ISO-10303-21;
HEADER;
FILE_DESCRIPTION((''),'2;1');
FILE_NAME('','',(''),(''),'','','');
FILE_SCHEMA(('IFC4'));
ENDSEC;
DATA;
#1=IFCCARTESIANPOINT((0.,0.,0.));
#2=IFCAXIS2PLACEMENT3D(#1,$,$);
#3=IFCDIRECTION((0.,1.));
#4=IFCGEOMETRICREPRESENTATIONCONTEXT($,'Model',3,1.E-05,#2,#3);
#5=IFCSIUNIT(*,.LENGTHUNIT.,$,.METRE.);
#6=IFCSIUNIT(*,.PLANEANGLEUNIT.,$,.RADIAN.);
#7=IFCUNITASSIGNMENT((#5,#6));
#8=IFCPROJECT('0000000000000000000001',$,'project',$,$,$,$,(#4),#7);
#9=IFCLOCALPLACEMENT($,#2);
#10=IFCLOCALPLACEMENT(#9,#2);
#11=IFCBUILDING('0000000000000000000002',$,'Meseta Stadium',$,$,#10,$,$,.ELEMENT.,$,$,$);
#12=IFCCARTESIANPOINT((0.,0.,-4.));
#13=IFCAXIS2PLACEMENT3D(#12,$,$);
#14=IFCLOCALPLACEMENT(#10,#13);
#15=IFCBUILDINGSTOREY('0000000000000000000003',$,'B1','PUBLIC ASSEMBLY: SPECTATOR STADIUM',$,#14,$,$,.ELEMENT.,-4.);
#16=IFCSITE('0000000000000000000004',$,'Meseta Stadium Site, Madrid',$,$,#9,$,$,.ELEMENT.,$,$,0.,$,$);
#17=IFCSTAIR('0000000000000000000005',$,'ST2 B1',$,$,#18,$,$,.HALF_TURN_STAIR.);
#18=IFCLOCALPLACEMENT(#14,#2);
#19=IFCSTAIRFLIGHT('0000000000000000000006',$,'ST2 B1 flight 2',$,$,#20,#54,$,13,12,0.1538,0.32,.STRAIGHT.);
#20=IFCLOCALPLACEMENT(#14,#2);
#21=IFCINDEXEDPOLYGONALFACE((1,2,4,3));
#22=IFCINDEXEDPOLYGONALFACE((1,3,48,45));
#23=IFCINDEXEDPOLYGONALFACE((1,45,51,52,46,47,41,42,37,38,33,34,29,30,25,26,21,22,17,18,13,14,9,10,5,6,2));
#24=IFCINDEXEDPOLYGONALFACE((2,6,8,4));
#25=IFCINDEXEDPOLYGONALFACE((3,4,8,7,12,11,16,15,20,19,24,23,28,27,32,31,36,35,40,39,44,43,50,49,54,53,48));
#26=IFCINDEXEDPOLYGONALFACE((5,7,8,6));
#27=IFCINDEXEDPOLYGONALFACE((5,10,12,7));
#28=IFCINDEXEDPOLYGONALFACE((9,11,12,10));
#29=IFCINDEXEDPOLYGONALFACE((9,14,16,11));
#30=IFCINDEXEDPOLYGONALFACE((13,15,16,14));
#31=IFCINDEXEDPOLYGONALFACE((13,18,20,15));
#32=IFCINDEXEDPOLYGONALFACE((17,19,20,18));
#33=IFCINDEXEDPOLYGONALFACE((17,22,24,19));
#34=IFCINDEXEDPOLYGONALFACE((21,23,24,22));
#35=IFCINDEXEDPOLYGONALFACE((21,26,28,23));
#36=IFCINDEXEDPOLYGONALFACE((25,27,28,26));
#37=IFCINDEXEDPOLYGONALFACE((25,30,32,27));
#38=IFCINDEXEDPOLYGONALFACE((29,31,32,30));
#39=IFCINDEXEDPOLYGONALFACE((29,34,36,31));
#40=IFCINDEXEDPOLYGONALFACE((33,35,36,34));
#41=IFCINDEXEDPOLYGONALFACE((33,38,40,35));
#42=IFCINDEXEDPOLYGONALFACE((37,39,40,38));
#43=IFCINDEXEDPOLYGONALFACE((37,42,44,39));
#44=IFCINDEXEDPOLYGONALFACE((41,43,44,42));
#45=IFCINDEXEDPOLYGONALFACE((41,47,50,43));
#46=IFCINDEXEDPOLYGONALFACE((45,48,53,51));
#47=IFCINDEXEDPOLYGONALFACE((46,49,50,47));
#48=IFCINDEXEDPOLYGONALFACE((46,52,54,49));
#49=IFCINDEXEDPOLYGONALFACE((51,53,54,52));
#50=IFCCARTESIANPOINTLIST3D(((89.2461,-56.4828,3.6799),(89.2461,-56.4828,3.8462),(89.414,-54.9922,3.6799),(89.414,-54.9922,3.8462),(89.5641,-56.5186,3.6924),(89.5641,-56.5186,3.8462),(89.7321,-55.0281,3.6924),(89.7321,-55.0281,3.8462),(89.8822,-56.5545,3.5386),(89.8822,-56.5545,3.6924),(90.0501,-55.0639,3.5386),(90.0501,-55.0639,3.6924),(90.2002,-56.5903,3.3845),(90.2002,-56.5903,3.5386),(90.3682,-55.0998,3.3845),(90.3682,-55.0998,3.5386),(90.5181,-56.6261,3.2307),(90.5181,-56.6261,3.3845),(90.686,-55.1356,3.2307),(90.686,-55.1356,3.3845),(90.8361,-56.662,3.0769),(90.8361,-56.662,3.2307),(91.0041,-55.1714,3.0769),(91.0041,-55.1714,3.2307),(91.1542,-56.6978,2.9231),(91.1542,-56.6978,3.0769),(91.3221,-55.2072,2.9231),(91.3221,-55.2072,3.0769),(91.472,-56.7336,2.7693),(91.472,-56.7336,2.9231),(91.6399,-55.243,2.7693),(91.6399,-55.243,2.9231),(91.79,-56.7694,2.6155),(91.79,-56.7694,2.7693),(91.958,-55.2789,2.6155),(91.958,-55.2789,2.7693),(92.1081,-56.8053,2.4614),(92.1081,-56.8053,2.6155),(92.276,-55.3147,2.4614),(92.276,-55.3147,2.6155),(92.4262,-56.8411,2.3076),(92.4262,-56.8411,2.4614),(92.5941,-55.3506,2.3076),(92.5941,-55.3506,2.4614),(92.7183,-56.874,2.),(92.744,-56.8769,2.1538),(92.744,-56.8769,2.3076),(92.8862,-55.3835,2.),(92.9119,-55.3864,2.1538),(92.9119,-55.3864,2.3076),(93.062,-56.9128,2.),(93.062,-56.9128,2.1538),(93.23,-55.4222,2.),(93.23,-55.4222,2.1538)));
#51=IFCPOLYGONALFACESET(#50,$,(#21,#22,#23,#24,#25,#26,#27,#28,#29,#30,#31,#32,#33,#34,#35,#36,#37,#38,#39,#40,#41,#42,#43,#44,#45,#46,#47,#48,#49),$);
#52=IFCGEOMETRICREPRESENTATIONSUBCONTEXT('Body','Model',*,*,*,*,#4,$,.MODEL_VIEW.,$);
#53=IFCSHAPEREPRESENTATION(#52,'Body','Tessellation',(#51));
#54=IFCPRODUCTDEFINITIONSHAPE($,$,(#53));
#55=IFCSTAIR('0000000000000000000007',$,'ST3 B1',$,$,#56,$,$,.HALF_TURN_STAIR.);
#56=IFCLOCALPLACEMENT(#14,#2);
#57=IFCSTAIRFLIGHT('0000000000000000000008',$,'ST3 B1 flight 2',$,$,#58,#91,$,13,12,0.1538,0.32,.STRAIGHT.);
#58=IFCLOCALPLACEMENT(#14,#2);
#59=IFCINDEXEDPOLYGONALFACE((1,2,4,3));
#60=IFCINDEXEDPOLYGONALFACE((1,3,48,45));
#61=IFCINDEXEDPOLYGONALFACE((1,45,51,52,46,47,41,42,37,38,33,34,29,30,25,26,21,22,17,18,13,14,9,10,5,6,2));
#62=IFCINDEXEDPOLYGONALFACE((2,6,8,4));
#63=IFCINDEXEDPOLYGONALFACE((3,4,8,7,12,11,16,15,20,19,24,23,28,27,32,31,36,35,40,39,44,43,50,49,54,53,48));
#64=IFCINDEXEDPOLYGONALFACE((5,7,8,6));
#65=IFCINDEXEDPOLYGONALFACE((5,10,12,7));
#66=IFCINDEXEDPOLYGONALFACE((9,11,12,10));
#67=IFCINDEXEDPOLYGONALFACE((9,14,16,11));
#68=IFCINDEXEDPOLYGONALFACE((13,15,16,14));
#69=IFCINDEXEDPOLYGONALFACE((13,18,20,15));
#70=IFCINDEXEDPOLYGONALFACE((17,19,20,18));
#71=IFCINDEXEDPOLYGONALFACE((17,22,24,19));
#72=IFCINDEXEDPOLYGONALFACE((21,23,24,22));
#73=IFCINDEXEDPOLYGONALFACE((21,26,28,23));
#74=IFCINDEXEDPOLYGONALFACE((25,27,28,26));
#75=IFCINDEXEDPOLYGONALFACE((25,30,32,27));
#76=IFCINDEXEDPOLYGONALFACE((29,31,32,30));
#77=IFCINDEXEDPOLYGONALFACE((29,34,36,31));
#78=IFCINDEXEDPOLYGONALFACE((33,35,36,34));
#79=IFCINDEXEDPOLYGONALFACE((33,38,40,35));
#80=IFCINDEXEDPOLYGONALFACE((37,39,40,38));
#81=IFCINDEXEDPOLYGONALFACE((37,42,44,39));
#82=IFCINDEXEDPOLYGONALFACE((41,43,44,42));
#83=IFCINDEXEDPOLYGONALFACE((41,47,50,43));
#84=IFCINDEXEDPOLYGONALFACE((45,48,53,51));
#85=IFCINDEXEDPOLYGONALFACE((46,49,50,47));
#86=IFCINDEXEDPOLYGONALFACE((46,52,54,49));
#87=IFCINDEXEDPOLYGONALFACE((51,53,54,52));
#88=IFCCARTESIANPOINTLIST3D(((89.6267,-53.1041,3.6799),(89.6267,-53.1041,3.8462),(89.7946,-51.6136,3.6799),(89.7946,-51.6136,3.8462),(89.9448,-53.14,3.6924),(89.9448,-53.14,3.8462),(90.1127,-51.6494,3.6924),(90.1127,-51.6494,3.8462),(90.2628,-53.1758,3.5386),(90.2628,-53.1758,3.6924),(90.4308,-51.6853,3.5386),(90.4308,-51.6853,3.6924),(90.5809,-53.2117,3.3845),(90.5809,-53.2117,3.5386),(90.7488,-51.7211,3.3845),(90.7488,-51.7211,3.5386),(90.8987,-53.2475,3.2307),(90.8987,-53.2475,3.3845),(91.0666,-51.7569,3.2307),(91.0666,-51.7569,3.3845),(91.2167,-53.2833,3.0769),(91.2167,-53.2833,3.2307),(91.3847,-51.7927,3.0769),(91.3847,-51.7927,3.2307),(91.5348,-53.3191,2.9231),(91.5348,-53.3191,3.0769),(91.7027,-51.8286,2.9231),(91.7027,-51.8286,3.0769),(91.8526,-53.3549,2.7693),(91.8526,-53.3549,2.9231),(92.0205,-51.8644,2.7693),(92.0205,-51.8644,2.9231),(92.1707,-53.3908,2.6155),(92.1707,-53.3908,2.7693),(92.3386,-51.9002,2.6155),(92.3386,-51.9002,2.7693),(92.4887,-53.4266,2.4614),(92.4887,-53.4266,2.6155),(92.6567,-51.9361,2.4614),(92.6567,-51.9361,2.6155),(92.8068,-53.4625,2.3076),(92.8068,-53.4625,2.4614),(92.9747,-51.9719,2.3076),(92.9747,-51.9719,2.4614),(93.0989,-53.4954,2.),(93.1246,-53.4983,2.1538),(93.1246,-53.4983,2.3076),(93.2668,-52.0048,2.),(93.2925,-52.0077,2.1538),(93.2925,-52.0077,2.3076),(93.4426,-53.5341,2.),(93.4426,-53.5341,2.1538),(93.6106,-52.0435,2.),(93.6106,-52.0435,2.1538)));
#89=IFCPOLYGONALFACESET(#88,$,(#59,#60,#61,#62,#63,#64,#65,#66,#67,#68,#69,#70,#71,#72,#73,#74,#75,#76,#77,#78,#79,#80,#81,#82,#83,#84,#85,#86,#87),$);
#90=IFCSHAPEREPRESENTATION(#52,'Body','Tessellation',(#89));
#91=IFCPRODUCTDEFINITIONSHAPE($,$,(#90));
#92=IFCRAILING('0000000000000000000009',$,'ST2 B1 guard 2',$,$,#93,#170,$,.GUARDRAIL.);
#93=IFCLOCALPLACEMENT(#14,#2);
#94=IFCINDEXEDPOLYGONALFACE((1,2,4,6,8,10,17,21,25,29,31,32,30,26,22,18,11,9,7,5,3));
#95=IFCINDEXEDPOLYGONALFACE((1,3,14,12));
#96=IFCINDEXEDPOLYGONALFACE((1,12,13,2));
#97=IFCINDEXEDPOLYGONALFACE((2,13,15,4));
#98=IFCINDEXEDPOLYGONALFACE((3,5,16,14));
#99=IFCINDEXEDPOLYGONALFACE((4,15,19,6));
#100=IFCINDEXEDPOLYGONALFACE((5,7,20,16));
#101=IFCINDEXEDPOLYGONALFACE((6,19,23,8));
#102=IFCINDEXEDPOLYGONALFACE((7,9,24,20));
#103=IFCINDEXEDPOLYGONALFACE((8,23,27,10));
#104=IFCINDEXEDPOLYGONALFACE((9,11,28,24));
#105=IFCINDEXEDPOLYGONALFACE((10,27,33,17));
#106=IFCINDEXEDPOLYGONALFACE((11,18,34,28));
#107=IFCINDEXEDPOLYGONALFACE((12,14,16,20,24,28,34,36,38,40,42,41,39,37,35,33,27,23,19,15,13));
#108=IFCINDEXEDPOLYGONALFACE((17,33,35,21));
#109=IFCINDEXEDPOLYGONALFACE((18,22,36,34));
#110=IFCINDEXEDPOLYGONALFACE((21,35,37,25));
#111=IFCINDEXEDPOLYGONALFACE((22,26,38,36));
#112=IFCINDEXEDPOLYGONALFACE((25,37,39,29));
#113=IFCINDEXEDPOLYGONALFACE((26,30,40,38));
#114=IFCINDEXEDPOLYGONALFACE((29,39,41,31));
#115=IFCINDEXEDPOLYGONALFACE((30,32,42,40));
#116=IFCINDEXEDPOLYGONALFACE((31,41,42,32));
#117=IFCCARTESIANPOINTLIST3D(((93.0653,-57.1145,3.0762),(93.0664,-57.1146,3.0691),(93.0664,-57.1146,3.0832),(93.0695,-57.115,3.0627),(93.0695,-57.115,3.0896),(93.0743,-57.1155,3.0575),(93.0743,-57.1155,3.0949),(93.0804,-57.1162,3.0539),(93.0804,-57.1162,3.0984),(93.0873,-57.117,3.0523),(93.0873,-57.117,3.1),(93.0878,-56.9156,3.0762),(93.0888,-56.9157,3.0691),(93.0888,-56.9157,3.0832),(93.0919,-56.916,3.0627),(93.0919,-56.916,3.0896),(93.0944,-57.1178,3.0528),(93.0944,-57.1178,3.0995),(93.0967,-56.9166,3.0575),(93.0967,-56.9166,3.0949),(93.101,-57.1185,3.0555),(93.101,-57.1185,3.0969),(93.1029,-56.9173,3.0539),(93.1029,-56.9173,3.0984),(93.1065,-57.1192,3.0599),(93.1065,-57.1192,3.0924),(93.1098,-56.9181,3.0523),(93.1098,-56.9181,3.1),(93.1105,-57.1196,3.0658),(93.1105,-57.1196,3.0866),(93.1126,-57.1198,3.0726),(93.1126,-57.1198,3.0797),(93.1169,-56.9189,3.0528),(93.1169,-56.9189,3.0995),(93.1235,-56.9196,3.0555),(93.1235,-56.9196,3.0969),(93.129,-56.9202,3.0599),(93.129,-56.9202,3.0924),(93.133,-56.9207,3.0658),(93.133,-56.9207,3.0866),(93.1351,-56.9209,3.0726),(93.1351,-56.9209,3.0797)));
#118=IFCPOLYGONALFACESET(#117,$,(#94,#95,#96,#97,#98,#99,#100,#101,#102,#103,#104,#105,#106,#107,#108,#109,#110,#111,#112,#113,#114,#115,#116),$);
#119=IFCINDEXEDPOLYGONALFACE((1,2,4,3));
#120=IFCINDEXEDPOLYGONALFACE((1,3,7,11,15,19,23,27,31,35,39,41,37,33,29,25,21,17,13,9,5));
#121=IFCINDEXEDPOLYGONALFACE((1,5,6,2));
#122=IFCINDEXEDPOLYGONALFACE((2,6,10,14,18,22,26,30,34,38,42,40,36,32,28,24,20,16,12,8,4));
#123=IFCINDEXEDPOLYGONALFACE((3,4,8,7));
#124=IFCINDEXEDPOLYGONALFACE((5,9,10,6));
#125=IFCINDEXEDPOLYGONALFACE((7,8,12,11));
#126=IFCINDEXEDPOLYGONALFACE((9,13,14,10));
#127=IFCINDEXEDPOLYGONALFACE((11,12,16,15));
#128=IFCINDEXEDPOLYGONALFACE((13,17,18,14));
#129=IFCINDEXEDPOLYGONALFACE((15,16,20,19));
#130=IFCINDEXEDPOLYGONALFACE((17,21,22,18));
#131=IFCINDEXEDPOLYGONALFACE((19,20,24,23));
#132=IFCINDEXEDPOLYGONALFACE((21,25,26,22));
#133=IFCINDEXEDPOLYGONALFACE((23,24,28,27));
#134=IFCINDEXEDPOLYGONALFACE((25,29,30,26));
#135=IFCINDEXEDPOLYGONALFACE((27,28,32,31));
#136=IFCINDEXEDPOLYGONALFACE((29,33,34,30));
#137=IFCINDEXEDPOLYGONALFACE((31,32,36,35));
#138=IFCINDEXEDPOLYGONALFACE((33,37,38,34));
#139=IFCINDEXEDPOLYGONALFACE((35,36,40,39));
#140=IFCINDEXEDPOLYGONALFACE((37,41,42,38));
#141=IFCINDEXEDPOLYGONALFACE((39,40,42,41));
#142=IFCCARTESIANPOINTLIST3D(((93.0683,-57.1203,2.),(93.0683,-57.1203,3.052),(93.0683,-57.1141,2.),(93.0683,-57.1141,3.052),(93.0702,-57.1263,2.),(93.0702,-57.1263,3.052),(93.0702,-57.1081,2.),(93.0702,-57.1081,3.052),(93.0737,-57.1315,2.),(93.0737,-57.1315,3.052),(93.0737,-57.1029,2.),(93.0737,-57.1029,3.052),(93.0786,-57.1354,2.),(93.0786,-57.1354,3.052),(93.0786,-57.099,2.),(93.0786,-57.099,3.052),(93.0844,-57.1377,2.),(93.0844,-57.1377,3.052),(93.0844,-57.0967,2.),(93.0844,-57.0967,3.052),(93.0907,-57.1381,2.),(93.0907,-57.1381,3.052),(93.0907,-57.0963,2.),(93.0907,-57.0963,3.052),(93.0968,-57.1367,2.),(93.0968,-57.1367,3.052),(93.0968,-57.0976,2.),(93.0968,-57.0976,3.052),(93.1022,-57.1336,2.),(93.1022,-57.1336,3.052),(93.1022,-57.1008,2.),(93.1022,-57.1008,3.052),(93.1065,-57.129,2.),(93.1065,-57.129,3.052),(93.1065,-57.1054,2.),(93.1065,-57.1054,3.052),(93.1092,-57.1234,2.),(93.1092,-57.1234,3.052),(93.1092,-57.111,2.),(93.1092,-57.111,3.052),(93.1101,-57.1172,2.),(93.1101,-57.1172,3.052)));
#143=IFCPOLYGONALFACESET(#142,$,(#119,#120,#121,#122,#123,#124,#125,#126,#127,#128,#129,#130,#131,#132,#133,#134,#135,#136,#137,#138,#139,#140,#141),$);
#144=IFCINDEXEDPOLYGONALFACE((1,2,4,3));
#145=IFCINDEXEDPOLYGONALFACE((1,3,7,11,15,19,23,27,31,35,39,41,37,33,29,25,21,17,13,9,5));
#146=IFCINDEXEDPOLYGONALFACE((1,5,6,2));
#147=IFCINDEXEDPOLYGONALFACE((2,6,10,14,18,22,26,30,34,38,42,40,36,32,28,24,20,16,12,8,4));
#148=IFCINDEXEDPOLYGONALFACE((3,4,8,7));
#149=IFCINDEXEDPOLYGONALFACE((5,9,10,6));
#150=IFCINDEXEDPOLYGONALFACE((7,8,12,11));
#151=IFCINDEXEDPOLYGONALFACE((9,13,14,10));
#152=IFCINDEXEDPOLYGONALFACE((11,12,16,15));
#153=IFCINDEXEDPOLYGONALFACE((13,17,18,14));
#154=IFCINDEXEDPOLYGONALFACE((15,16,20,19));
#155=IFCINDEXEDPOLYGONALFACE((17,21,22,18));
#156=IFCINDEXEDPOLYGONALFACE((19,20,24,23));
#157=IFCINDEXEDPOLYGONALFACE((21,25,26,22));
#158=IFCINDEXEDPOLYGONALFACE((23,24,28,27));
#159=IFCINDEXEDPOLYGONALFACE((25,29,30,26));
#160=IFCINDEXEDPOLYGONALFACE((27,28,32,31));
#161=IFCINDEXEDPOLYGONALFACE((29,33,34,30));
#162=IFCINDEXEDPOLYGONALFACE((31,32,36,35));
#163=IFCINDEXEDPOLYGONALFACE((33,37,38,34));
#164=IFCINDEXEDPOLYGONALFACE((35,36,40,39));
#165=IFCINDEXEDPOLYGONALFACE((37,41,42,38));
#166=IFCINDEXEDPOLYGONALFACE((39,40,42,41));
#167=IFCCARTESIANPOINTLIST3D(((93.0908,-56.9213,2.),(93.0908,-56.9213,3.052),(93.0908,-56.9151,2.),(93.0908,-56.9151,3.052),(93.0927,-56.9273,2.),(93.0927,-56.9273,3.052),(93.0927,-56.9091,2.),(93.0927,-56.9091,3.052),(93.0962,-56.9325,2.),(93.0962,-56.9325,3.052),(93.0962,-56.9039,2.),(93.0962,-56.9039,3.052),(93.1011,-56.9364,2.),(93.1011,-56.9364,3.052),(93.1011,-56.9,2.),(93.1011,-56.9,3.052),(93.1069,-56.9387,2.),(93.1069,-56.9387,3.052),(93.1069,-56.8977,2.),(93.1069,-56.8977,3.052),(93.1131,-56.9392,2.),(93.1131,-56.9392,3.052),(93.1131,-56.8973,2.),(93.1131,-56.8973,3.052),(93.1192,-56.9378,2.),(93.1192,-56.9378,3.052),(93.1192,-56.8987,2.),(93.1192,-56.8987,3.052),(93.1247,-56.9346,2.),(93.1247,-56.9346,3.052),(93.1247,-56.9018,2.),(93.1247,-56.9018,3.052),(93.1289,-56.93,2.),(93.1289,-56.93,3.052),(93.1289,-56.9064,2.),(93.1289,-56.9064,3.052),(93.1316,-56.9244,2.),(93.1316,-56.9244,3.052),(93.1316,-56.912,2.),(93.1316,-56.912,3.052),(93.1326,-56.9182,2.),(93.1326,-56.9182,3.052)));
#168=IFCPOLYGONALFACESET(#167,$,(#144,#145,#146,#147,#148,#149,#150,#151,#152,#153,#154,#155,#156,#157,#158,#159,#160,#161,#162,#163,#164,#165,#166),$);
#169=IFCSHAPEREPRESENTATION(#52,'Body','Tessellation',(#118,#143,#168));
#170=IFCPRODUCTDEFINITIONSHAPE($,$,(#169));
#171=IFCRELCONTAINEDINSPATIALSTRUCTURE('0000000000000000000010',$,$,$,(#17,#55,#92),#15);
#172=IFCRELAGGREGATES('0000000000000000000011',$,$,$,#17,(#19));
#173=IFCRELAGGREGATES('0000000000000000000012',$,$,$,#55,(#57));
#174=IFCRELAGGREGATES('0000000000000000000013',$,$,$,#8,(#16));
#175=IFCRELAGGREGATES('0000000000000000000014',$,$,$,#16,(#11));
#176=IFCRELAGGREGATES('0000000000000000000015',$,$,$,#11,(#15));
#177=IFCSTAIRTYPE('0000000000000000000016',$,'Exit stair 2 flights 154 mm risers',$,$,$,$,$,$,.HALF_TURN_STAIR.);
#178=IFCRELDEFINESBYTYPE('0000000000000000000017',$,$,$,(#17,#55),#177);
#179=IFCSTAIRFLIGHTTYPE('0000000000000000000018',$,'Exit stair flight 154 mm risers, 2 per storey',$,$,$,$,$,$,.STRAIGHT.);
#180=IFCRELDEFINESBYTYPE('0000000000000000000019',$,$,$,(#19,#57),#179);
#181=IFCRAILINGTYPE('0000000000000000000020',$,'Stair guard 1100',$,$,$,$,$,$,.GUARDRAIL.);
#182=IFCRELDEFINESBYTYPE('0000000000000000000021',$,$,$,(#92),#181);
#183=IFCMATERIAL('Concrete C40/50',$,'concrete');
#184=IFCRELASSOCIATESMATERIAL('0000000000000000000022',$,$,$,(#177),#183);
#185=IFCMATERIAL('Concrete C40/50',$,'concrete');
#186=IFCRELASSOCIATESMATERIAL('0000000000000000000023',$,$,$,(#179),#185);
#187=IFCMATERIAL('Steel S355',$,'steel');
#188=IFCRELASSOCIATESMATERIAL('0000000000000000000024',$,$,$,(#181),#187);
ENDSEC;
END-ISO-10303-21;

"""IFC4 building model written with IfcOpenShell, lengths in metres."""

from ifc_helpers import new_model, si_unit, direction, frame, origin, origin_2d, place, context, subcontext, project, spatial, polyline, circle, outline, extrude, material, type_object, element, aggregate, save


model = new_model("IFC4")

# Units and contexts
model_context = context("Model", 3, precision=1e-05, world=origin(), true_north=direction((0.0, 1.0)))
body_context = subcontext(model_context, "Body", "Model", "MODEL_VIEW")
ifc_project = project(units=[si_unit("LENGTHUNIT", "METRE"), si_unit("PLANEANGLEUNIT", "RADIAN")], contexts=[model_context])

# Site, building, storey
site_placement = place(None, origin())
site = spatial("IfcSite", under=ifc_project, at=site_placement, Name="Meseta Stadium Site, Madrid", CompositionType="ELEMENT", RefElevation=0.0)
building_placement = place(site_placement, origin())
building = spatial("IfcBuilding", under=site, at=building_placement, Name="Meseta Stadium", CompositionType="ELEMENT")
storey_placement = place(building_placement, frame((0.0, 0.0, -4.0)))
storey = spatial("IfcBuildingStorey", under=building, at=storey_placement, Name="B1", Description="PUBLIC ASSEMBLY: SPECTATOR STADIUM", CompositionType="ELEMENT", Elevation=-4.0)

# Stairs, stair flights
ifc_material_1 = material(Name="Concrete C40/50", Category="concrete")
stair_type = type_object("IfcStairType", Name="Exit stair 2 flights 154 mm risers", PredefinedType="HALF_TURN_STAIR", material=ifc_material_1)
stair_1_placement = place(storey_placement, origin())
stair_1 = element("IfcStair", 1, at=stair_1_placement, inside=storey, type_object=stair_type, Name="ST2 B1", PredefinedType="HALF_TURN_STAIR")
ifc_material_2 = material(Name="Concrete C40/50", Category="concrete")
stair_flight_type = type_object("IfcStairFlightType", Name="Exit stair flight 154 mm risers, 2 per storey", PredefinedType="STRAIGHT", material=ifc_material_2)
stair_flight_1_placement = place(storey_placement, frame((93.146, -56.1675, 2.0), z_axis=(0.0, 0.0, 1.0), x_axis=(-0.993712, 0.111964, 0.0)))
stair_flight_1 = element("IfcStairFlight", 2, at=stair_flight_1_placement, type_object=stair_flight_type, Name="ST2 B1 flight 2", NumberOfRisers=13, NumberOfTreads=12, PredefinedType="STRAIGHT", RiserHeight=0.1538, TreadLength=0.32, context=body_context, shape_type="SweptSolid", body=[
    extrude(outline(polyline([(0.0, 0.0), (0.0, 0.1538), (0.3201, 0.1538), (0.3201, 0.3076), (0.6399, 0.3076), (0.6399, 0.4614), (0.96, 0.4614), (0.96, 0.6155), (1.28, 0.6155), (1.28, 0.7693), (1.6001, 0.7693), (1.6001, 0.9231), (1.9199, 0.9231), (1.9199, 1.0769), (2.24, 1.0769), (2.24, 1.2307), (2.5601, 1.2307), (2.5601, 1.3845), (2.8799, 1.3845), (2.8799, 1.5386), (3.2, 1.5386), (3.2, 1.6924), (3.52, 1.6924), (3.52, 1.8462), (3.8401, 1.8462), (3.8401, 1.6799), (0.3459, 0.0), (0.0, 0.0)])), frame((0.0, 0.75, 0.0), z_axis=(0.0, -1.0, 0.0), x_axis=(1.0, 0.0, 0.0)), (0.0, 0.0, 1.0), 1.5),
])
aggregate(stair_1, [stair_flight_1])
stair_2_placement = place(storey_placement, origin())
stair_2 = element("IfcStair", 3, at=stair_2_placement, inside=storey, type_object=stair_type, Name="ST3 B1", PredefinedType="HALF_TURN_STAIR")
stair_flight_2_placement = place(storey_placement, frame((93.5266, -52.7888, 2.0), z_axis=(0.0, 0.0, 1.0), x_axis=(-0.993712, 0.111964, 0.0)))
stair_flight_2 = element("IfcStairFlight", 4, at=stair_flight_2_placement, type_object=stair_flight_type, Name="ST3 B1 flight 2", NumberOfRisers=13, NumberOfTreads=12, PredefinedType="STRAIGHT", RiserHeight=0.1538, TreadLength=0.32, context=body_context, shape_type="SweptSolid", body=[
    extrude(outline(polyline([(0.0, 0.0), (0.0, 0.1538), (0.3201, 0.1538), (0.3201, 0.3076), (0.6399, 0.3076), (0.6399, 0.4614), (0.96, 0.4614), (0.96, 0.6155), (1.28, 0.6155), (1.28, 0.7693), (1.6001, 0.7693), (1.6001, 0.9231), (1.9199, 0.9231), (1.9199, 1.0769), (2.24, 1.0769), (2.24, 1.2307), (2.5601, 1.2307), (2.5601, 1.3845), (2.8799, 1.3845), (2.8799, 1.5386), (3.2, 1.5386), (3.2, 1.6924), (3.52, 1.6924), (3.52, 1.8462), (3.8401, 1.8462), (3.8401, 1.6799), (0.3459, 0.0), (0.0, 0.0)])), frame((0.0, 0.75, 0.0), z_axis=(0.0, -1.0, 0.0), x_axis=(1.0, 0.0, 0.0)), (0.0, 0.0, 1.0), 1.5),
])
aggregate(stair_2, [stair_flight_2])

# Railing
ifc_material_3 = material(Name="Steel S355", Category="steel")
railing_type_1 = type_object("IfcRailingType", Name="Stair guard 1100", PredefinedType="GUARDRAIL", material=ifc_material_3)
railing_1_placement = place(storey_placement, frame((93.0891, -57.1172, 2.0)))
element("IfcRailing", 5, at=railing_1_placement, inside=storey, type_object=railing_type_1, Name="ST2 B1 guard 2", PredefinedType="GUARDRAIL", context=body_context, shape_type="SweptSolid", body=[
    extrude(circle(Radius=0.0239, at=origin_2d()), frame((0.0, 0.0, 1.0762), z_axis=(0.112171, 0.993689, 0.0), x_axis=(-0.993689, 0.112171, 0.0)), (0.0, 0.0, 1.0), 0.2002),
    extrude(circle(Radius=0.021, at=origin_2d()), origin(), (0.0, 0.0, 1.0), 1.052),
    extrude(circle(Radius=0.021, at=origin_2d()), frame((0.0225, 0.199, 0.0)), (0.0, 0.0, 1.0), 1.052),
])

save(model, "model.ifc")
